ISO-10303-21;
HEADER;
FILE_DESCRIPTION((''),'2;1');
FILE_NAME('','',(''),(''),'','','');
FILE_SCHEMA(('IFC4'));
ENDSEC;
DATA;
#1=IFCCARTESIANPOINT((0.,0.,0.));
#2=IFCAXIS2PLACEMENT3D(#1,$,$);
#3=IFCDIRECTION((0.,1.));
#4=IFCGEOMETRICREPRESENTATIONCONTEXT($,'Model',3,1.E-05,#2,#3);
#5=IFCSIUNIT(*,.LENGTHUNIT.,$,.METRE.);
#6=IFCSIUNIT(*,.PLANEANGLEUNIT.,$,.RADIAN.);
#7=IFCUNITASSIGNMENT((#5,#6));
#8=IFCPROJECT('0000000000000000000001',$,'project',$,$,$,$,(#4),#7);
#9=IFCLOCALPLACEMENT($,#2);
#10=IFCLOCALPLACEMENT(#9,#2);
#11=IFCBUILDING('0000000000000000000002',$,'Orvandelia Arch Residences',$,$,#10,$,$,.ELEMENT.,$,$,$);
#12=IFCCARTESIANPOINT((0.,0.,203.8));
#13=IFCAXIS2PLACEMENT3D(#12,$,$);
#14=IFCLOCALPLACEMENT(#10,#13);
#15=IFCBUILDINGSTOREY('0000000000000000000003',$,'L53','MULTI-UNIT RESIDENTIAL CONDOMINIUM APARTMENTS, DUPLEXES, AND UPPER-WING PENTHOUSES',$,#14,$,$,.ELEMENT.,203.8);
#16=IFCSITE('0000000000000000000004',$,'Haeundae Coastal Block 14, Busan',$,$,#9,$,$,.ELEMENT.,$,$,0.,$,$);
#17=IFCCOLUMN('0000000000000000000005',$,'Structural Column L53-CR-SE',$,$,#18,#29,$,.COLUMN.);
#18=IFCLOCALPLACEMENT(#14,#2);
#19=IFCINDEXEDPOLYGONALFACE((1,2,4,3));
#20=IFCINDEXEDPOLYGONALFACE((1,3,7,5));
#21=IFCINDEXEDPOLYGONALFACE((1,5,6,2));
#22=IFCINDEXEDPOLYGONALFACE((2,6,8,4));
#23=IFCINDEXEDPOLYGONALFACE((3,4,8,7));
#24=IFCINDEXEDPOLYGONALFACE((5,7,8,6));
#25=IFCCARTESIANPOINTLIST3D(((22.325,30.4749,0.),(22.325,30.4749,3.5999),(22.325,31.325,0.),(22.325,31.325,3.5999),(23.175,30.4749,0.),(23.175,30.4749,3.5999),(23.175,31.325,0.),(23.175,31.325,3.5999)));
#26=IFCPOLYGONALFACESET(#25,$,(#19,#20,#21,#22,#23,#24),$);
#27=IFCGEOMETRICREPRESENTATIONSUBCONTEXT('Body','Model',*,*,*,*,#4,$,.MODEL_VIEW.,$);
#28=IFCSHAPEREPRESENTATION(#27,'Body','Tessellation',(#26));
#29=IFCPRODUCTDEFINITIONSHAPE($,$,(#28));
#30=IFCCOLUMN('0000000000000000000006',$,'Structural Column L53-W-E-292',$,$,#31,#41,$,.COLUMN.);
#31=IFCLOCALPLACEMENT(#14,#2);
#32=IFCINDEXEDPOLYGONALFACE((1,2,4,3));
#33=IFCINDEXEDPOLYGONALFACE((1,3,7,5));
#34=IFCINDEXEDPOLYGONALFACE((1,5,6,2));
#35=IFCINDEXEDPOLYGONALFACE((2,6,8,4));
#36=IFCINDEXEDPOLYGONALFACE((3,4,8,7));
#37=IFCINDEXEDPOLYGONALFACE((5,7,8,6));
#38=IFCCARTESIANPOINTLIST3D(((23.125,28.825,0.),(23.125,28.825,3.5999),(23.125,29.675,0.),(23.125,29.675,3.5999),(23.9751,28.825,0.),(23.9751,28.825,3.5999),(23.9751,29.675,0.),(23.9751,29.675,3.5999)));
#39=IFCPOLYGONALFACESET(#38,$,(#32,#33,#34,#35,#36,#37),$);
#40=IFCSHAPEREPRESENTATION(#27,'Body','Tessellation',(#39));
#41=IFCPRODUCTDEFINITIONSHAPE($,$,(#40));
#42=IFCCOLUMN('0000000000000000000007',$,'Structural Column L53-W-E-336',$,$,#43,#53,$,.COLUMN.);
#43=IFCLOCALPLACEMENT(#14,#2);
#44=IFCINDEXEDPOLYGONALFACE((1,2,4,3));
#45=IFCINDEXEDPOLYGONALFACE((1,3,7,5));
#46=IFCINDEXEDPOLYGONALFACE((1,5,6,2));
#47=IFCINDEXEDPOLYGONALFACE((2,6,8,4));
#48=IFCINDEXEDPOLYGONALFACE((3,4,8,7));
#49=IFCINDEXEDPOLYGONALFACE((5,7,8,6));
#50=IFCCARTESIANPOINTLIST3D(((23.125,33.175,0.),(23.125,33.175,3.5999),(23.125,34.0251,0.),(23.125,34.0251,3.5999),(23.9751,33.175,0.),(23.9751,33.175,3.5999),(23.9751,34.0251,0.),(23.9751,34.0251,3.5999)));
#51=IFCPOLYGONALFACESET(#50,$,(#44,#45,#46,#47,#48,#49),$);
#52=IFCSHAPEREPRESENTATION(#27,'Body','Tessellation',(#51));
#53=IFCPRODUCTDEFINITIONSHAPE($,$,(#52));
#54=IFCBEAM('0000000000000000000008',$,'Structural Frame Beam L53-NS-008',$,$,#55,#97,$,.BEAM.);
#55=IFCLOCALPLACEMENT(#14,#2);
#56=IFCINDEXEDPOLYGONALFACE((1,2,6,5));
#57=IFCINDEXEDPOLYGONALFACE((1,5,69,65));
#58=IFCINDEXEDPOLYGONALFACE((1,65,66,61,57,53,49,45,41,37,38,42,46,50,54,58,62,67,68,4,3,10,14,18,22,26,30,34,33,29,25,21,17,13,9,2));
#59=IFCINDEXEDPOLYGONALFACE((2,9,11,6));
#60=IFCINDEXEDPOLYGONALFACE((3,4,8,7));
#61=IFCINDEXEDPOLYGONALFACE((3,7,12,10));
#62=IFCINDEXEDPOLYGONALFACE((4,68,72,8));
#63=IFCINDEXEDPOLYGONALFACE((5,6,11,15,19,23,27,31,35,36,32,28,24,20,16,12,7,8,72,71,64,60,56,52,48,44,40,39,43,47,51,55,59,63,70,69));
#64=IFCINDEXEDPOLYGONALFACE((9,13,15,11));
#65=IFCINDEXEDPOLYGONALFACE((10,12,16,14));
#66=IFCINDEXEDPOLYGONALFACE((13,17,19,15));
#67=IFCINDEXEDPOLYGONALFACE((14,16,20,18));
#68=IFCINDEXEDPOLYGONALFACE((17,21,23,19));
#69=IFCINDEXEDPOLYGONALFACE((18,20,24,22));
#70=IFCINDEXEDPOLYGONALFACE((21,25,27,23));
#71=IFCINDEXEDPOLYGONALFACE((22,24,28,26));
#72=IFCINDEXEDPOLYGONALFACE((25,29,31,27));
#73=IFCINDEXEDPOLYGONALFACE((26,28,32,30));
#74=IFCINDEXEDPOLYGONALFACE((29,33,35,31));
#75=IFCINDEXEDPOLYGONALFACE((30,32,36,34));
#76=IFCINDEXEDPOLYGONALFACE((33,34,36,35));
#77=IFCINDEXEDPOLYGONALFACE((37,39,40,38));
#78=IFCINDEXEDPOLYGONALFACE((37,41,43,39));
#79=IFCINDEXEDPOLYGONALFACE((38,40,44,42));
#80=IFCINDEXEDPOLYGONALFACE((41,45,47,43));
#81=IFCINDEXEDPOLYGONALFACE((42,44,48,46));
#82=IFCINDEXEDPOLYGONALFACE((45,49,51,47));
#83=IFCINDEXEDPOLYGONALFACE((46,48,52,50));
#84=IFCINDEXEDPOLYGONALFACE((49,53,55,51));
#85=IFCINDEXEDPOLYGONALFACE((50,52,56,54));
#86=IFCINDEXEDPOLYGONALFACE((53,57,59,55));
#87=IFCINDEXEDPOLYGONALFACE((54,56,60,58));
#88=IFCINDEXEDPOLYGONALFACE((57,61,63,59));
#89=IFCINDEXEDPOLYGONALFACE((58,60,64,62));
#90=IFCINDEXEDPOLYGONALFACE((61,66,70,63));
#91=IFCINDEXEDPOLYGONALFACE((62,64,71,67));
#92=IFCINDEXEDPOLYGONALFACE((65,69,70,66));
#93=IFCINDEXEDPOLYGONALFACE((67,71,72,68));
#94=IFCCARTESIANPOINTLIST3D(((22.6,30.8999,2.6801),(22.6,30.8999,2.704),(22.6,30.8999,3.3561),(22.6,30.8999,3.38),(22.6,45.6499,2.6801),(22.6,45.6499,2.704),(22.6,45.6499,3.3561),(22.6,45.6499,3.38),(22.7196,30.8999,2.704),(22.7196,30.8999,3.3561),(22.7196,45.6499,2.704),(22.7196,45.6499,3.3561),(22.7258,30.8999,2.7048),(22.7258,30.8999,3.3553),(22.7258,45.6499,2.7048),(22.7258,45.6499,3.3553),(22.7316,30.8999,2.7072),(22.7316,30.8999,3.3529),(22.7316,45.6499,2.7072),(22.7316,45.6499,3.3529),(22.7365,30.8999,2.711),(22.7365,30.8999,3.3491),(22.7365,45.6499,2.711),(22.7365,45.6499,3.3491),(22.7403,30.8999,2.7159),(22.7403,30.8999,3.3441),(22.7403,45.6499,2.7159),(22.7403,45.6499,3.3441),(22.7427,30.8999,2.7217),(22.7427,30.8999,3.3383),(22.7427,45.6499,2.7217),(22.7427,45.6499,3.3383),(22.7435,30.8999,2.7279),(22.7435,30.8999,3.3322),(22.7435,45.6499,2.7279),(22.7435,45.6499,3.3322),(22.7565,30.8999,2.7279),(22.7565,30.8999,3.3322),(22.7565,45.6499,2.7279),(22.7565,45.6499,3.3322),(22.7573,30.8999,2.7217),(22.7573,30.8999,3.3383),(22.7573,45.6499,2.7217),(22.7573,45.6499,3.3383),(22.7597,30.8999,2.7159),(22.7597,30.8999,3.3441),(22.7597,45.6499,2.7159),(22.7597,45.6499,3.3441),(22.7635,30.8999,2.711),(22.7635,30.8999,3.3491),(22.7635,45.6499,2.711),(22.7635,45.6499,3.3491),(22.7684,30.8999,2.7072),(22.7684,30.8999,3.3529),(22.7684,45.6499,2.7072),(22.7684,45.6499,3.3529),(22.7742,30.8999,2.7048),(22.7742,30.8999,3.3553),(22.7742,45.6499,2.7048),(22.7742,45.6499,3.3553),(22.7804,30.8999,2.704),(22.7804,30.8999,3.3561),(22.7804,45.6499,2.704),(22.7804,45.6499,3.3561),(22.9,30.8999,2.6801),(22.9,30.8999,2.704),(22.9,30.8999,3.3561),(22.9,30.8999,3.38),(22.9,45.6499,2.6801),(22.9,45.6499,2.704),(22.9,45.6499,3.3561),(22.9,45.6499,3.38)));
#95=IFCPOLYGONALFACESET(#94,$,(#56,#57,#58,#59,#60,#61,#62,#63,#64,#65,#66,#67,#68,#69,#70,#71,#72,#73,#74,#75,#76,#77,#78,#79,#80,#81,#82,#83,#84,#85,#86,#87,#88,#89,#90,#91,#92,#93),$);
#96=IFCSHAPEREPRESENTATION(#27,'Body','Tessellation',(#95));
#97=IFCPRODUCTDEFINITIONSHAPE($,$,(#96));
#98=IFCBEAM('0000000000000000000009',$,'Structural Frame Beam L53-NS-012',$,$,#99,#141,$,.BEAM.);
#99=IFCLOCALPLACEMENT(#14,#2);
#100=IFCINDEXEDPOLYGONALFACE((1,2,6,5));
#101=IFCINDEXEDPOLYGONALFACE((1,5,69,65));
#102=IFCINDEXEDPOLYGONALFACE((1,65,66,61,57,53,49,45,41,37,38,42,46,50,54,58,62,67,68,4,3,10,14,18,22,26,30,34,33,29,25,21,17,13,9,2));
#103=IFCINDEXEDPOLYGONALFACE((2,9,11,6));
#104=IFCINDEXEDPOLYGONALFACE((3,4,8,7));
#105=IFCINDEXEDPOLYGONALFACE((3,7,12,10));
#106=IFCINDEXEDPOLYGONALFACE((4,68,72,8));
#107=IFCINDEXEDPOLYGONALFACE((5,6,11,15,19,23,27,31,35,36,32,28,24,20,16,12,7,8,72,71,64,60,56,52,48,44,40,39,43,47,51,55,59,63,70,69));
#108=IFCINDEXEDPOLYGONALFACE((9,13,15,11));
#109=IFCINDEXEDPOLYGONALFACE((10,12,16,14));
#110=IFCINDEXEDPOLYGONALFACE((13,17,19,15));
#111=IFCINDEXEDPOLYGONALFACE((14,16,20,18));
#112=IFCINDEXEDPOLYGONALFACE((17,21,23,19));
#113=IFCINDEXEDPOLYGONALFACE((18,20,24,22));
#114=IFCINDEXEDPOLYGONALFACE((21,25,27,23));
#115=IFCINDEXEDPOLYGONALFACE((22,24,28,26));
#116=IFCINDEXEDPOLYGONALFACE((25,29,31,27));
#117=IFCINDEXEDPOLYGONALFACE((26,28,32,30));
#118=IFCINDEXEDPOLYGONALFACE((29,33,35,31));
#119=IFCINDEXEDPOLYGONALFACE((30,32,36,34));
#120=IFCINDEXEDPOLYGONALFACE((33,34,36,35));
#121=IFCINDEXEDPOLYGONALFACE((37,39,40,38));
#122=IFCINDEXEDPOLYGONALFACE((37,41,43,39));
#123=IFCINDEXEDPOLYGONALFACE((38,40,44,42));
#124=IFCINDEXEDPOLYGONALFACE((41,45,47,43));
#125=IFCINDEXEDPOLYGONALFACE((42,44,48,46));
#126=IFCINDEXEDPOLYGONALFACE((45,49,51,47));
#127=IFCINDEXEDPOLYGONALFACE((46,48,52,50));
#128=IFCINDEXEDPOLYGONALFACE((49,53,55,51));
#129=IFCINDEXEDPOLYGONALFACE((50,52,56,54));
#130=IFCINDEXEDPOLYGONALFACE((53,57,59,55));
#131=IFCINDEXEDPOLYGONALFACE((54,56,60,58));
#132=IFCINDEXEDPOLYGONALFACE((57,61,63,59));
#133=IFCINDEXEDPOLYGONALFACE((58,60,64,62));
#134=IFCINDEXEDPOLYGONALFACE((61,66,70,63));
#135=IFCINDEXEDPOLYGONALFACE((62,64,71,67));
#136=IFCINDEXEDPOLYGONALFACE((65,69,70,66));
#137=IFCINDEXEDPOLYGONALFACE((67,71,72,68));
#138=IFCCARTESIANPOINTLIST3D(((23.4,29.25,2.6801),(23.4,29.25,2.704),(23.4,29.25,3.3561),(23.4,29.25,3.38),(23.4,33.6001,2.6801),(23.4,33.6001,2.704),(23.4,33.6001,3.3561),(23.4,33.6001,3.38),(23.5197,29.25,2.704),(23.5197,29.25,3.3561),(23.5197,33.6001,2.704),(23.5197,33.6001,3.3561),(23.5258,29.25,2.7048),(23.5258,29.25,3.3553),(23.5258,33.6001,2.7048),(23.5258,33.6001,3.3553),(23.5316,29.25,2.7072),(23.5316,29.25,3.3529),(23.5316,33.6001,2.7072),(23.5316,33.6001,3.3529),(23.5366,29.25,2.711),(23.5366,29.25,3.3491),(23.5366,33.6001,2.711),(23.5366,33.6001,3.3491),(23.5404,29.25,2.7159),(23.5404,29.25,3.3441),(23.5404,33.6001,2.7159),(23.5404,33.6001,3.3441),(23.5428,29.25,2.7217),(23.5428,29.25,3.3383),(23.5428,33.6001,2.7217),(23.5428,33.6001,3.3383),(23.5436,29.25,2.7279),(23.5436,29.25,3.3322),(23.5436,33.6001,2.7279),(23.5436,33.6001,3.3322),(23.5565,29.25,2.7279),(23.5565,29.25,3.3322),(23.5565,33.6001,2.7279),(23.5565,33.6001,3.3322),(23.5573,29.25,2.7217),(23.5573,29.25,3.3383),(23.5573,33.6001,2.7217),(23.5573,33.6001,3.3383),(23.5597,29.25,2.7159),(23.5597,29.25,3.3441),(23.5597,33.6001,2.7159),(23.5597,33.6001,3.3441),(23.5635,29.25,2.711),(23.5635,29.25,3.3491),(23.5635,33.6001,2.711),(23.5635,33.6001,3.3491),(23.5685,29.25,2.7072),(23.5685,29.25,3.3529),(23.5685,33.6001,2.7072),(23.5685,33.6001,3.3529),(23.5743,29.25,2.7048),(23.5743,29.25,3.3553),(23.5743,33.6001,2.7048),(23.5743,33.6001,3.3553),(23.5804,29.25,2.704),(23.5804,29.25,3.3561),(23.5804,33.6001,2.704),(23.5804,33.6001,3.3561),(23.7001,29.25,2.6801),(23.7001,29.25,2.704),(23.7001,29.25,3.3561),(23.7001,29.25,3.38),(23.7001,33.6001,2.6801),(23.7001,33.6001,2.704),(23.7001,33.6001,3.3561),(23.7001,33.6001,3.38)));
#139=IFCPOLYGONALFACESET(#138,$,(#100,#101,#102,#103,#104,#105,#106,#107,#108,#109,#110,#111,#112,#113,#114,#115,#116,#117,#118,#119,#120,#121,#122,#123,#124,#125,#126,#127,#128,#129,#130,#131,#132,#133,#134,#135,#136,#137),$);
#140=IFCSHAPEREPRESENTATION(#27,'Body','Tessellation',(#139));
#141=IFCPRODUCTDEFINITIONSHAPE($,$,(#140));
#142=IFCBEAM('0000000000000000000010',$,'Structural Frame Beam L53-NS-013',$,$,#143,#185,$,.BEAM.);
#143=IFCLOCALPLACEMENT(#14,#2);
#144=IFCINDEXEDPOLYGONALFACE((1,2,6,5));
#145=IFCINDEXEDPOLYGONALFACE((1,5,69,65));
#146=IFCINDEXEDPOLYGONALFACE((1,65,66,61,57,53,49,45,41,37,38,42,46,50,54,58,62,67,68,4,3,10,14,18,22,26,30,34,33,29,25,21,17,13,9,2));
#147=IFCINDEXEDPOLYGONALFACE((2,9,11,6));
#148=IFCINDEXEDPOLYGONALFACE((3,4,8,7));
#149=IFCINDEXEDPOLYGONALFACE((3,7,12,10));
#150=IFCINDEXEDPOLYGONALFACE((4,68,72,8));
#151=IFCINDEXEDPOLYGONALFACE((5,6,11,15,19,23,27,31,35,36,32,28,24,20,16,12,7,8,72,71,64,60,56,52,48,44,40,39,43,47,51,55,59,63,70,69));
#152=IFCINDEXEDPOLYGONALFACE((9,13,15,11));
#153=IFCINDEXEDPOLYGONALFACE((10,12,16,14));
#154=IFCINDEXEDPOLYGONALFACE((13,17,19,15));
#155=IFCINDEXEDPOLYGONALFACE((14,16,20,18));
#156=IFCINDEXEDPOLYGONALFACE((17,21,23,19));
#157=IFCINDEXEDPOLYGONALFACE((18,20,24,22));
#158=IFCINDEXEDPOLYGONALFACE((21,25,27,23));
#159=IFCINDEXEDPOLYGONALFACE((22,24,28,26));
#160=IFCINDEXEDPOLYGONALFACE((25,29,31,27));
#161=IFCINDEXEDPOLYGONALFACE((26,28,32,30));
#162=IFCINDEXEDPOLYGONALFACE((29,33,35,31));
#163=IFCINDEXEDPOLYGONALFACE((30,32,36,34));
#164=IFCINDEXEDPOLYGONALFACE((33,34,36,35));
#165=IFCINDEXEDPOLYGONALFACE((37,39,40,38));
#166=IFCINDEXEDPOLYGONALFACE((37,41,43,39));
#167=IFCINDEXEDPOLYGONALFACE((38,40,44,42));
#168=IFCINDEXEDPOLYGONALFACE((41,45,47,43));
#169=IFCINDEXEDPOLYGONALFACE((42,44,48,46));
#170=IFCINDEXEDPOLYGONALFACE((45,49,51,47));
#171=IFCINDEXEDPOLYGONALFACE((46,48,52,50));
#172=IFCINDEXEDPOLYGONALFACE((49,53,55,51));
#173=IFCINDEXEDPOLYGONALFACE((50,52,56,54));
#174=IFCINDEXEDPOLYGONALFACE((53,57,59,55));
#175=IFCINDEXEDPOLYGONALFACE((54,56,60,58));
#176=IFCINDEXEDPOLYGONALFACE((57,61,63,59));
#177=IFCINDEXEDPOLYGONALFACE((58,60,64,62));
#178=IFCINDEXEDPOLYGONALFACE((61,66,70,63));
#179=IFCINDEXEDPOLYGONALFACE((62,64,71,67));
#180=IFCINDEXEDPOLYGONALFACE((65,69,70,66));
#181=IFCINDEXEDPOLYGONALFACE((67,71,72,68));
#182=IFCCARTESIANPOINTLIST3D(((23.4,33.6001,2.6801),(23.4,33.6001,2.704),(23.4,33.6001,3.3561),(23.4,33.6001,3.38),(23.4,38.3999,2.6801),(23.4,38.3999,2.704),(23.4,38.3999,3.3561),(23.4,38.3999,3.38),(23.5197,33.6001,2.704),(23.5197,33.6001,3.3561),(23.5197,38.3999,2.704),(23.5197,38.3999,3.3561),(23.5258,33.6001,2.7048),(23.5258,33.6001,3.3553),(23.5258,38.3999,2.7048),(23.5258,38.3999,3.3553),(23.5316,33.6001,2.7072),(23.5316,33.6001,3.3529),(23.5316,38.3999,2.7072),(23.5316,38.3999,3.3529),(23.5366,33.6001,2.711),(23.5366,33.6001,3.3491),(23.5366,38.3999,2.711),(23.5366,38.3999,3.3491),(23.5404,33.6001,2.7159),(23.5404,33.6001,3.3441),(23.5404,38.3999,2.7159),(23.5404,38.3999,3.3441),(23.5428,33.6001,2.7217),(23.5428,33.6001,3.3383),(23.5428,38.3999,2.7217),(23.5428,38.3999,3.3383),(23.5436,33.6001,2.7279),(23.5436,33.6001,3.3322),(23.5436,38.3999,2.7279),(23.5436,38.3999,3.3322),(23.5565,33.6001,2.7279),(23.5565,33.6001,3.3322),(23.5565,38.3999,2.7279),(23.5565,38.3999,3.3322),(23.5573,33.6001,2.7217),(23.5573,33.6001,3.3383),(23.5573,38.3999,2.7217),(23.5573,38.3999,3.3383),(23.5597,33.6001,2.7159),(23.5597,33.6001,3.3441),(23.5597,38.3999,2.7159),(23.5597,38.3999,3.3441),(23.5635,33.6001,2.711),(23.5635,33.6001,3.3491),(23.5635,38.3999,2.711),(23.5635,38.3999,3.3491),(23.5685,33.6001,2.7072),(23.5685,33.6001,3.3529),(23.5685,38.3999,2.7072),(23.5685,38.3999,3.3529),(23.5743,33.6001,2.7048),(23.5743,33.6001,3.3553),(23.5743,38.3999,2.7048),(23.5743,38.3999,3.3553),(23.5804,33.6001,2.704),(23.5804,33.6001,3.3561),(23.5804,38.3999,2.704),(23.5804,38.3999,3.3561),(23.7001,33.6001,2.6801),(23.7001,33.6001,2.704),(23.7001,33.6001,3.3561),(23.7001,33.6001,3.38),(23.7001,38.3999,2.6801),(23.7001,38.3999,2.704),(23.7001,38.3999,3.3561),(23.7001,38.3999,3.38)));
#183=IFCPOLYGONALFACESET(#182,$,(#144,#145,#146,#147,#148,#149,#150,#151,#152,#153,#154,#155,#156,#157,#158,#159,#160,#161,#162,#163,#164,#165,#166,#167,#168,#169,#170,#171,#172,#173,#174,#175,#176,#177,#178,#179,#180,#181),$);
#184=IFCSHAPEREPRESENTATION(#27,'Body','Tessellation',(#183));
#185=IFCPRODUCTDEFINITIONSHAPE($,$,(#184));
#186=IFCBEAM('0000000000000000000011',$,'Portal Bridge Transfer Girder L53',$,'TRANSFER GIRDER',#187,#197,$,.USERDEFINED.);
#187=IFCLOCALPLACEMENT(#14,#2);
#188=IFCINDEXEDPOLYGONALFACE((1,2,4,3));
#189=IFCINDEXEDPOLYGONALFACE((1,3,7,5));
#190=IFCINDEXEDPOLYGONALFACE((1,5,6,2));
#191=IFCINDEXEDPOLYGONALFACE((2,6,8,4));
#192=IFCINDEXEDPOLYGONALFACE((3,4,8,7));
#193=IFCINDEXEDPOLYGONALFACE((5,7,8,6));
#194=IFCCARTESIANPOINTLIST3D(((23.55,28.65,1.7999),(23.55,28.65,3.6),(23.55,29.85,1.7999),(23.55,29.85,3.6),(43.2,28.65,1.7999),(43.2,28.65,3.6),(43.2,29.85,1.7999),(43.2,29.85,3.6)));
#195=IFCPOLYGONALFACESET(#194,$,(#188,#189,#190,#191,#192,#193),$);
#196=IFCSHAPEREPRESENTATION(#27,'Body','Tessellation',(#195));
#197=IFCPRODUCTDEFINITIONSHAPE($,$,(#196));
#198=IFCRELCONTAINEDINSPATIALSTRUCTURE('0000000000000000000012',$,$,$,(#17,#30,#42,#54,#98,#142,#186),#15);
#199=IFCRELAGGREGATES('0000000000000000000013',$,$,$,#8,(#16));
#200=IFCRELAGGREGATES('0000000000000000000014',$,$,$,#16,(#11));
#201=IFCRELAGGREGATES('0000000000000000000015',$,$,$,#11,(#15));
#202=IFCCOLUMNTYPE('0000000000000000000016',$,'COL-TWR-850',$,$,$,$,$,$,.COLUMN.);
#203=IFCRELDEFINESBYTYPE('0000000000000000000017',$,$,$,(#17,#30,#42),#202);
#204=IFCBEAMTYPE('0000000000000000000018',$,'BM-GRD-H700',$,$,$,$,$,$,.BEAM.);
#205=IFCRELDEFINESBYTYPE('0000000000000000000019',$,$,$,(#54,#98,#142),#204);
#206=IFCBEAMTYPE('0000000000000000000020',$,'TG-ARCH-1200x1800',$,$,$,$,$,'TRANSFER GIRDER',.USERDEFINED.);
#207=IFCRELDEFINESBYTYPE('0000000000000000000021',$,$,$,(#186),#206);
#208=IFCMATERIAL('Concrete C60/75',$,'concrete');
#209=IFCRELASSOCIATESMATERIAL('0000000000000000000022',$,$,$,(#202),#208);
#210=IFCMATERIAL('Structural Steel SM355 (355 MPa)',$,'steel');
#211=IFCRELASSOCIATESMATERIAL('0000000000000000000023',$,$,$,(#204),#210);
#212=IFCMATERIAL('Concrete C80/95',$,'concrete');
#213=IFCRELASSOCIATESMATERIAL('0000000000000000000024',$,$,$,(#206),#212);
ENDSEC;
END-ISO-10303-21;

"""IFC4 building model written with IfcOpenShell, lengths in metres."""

from ifc_helpers import new_model, si_unit, direction, frame, origin, origin_2d, place, context, subcontext, project, spatial, rectangle, i_section, extrude, material, material_profile, profile_set, type_object, element, save


model = new_model("IFC4")

# Units and contexts
model_context = context("Model", 3, precision=1e-05, world=origin(), true_north=direction((0.0, 1.0)))
body_context = subcontext(model_context, "Body", "Model", "MODEL_VIEW")
ifc_project = project(units=[si_unit("LENGTHUNIT", "METRE"), si_unit("PLANEANGLEUNIT", "RADIAN")], contexts=[model_context])

# Site, building, storey
site_placement = place(None, origin())
site = spatial("IfcSite", under=ifc_project, at=site_placement, Name="Haeundae Coastal Block 14, Busan", CompositionType="ELEMENT", RefElevation=0.0)
building_placement = place(site_placement, origin())
building = spatial("IfcBuilding", under=site, at=building_placement, Name="Orvandelia Arch Residences", CompositionType="ELEMENT")
storey_placement = place(building_placement, frame((0.0, 0.0, 203.8)))
storey = spatial("IfcBuildingStorey", under=building, at=storey_placement, Name="L53", Description="MULTI-UNIT RESIDENTIAL CONDOMINIUM APARTMENTS, DUPLEXES, AND UPPER-WING PENTHOUSES", CompositionType="ELEMENT", Elevation=203.8)

# Columns
ifc_material_1 = material(Name="Concrete C60/75", Category="concrete")
ifc_material_profile_1 = material_profile(ifc_material_1, rectangle(XDim=0.8501, YDim=0.8501, at=origin_2d()), Name="Concrete C60/75", Category="concrete")
ifc_profile_set_1 = profile_set([ifc_material_profile_1], Name="Concrete C60/75")
column_type = type_object("IfcColumnType", Name="COL-TWR-850", PredefinedType="COLUMN", material=ifc_profile_set_1)
for number, where, z_axis, x_axis, name in (
    (1, (22.75, 30.8999, 0.0), (0.0, 0.0, 1.0), (1.0, 0.0, 0.0), "Structural Column L53-CR-SE"),
    (2, (23.55, 29.25, 0.0), (0.0, 0.0, 1.0), (1.0, 0.0, 0.0), "Structural Column L53-W-E-292"),
    (3, (23.55, 33.6001, 0.0), (0.0, 0.0, 1.0), (1.0, 0.0, 0.0), "Structural Column L53-W-E-336"),
):
    element("IfcColumn", number, at=place(storey_placement, frame(where, z_axis=z_axis, x_axis=x_axis)), inside=storey, type_object=column_type, Name=name, PredefinedType="COLUMN", context=body_context, shape_type="SweptSolid", body=[
        extrude(rectangle(XDim=0.8501, YDim=0.8501, at=origin_2d()), origin(), (0.0, 0.0, 1.0), 3.5999),
    ])

# Beams
ifc_material_2 = material(Name="Structural Steel SM355 (355 MPa)", Category="steel")
ifc_material_profile_2 = material_profile(ifc_material_2, i_section(OverallWidth=0.3, OverallDepth=0.7, WebThickness=0.0129, FlangeThickness=0.0239, FilletRadius=0.0239, at=origin_2d()), Name="Structural Steel SM355 (355 MPa)", Category="steel")
ifc_profile_set_2 = profile_set([ifc_material_profile_2], Name="Structural Steel SM355 (355 MPa)")
beam_type_1 = type_object("IfcBeamType", Name="BM-GRD-H700", PredefinedType="BEAM", material=ifc_profile_set_2)
beam_1_placement = place(storey_placement, frame((22.75, 30.8999, 3.03), z_axis=(0.0, 1.0, 0.0), x_axis=(-1.0, 0.0, 0.0)))
element("IfcBeam", 4, at=beam_1_placement, inside=storey, type_object=beam_type_1, Name="Structural Frame Beam L53-NS-008", PredefinedType="BEAM", context=body_context, shape_type="SweptSolid", body=[
    extrude(i_section(OverallWidth=0.3, OverallDepth=0.7, WebThickness=0.0129, FlangeThickness=0.0239, FilletRadius=0.0239, at=origin_2d()), origin(), (0.0, 0.0, 1.0), 14.75),
])
beam_2_placement = place(storey_placement, frame((23.55, 29.25, 3.03), z_axis=(0.0, 1.0, 0.0), x_axis=(-1.0, 0.0, 0.0)))
element("IfcBeam", 5, at=beam_2_placement, inside=storey, type_object=beam_type_1, Name="Structural Frame Beam L53-NS-012", PredefinedType="BEAM", context=body_context, shape_type="SweptSolid", body=[
    extrude(i_section(OverallWidth=0.3, OverallDepth=0.7, WebThickness=0.0129, FlangeThickness=0.0239, FilletRadius=0.0239, at=origin_2d()), origin(), (0.0, 0.0, 1.0), 4.3501),
])
beam_3_placement = place(storey_placement, frame((23.55, 33.6001, 3.03), z_axis=(0.0, 1.0, 0.0), x_axis=(-1.0, 0.0, 0.0)))
element("IfcBeam", 6, at=beam_3_placement, inside=storey, type_object=beam_type_1, Name="Structural Frame Beam L53-NS-013", PredefinedType="BEAM", context=body_context, shape_type="SweptSolid", body=[
    extrude(i_section(OverallWidth=0.3, OverallDepth=0.7, WebThickness=0.0129, FlangeThickness=0.0239, FilletRadius=0.0239, at=origin_2d()), origin(), (0.0, 0.0, 1.0), 4.7998),
])
ifc_material_3 = material(Name="Concrete C80/95", Category="concrete")
ifc_material_profile_3 = material_profile(ifc_material_3, rectangle(XDim=1.2, YDim=1.8, at=origin_2d()), Name="Concrete C80/95", Category="concrete")
ifc_profile_set_3 = profile_set([ifc_material_profile_3], Name="Concrete C80/95")
beam_type_2 = type_object("IfcBeamType", Name="TG-ARCH-1200x1800", ElementType="TRANSFER GIRDER", PredefinedType="USERDEFINED", material=ifc_profile_set_3)
beam_4_placement = place(storey_placement, frame((23.55, 29.25, 2.7), z_axis=(1.0, 0.0, 0.0), x_axis=(0.0, 1.0, 0.0)))
element("IfcBeam", 7, at=beam_4_placement, inside=storey, type_object=beam_type_2, Name="Portal Bridge Transfer Girder L53", ObjectType="TRANSFER GIRDER", PredefinedType="USERDEFINED", context=body_context, shape_type="SweptSolid", body=[
    extrude(rectangle(XDim=1.2, YDim=1.8, at=origin_2d()), origin(), (0.0, 0.0, 1.0), 19.6499),
])

save(model, "model.ifc")
